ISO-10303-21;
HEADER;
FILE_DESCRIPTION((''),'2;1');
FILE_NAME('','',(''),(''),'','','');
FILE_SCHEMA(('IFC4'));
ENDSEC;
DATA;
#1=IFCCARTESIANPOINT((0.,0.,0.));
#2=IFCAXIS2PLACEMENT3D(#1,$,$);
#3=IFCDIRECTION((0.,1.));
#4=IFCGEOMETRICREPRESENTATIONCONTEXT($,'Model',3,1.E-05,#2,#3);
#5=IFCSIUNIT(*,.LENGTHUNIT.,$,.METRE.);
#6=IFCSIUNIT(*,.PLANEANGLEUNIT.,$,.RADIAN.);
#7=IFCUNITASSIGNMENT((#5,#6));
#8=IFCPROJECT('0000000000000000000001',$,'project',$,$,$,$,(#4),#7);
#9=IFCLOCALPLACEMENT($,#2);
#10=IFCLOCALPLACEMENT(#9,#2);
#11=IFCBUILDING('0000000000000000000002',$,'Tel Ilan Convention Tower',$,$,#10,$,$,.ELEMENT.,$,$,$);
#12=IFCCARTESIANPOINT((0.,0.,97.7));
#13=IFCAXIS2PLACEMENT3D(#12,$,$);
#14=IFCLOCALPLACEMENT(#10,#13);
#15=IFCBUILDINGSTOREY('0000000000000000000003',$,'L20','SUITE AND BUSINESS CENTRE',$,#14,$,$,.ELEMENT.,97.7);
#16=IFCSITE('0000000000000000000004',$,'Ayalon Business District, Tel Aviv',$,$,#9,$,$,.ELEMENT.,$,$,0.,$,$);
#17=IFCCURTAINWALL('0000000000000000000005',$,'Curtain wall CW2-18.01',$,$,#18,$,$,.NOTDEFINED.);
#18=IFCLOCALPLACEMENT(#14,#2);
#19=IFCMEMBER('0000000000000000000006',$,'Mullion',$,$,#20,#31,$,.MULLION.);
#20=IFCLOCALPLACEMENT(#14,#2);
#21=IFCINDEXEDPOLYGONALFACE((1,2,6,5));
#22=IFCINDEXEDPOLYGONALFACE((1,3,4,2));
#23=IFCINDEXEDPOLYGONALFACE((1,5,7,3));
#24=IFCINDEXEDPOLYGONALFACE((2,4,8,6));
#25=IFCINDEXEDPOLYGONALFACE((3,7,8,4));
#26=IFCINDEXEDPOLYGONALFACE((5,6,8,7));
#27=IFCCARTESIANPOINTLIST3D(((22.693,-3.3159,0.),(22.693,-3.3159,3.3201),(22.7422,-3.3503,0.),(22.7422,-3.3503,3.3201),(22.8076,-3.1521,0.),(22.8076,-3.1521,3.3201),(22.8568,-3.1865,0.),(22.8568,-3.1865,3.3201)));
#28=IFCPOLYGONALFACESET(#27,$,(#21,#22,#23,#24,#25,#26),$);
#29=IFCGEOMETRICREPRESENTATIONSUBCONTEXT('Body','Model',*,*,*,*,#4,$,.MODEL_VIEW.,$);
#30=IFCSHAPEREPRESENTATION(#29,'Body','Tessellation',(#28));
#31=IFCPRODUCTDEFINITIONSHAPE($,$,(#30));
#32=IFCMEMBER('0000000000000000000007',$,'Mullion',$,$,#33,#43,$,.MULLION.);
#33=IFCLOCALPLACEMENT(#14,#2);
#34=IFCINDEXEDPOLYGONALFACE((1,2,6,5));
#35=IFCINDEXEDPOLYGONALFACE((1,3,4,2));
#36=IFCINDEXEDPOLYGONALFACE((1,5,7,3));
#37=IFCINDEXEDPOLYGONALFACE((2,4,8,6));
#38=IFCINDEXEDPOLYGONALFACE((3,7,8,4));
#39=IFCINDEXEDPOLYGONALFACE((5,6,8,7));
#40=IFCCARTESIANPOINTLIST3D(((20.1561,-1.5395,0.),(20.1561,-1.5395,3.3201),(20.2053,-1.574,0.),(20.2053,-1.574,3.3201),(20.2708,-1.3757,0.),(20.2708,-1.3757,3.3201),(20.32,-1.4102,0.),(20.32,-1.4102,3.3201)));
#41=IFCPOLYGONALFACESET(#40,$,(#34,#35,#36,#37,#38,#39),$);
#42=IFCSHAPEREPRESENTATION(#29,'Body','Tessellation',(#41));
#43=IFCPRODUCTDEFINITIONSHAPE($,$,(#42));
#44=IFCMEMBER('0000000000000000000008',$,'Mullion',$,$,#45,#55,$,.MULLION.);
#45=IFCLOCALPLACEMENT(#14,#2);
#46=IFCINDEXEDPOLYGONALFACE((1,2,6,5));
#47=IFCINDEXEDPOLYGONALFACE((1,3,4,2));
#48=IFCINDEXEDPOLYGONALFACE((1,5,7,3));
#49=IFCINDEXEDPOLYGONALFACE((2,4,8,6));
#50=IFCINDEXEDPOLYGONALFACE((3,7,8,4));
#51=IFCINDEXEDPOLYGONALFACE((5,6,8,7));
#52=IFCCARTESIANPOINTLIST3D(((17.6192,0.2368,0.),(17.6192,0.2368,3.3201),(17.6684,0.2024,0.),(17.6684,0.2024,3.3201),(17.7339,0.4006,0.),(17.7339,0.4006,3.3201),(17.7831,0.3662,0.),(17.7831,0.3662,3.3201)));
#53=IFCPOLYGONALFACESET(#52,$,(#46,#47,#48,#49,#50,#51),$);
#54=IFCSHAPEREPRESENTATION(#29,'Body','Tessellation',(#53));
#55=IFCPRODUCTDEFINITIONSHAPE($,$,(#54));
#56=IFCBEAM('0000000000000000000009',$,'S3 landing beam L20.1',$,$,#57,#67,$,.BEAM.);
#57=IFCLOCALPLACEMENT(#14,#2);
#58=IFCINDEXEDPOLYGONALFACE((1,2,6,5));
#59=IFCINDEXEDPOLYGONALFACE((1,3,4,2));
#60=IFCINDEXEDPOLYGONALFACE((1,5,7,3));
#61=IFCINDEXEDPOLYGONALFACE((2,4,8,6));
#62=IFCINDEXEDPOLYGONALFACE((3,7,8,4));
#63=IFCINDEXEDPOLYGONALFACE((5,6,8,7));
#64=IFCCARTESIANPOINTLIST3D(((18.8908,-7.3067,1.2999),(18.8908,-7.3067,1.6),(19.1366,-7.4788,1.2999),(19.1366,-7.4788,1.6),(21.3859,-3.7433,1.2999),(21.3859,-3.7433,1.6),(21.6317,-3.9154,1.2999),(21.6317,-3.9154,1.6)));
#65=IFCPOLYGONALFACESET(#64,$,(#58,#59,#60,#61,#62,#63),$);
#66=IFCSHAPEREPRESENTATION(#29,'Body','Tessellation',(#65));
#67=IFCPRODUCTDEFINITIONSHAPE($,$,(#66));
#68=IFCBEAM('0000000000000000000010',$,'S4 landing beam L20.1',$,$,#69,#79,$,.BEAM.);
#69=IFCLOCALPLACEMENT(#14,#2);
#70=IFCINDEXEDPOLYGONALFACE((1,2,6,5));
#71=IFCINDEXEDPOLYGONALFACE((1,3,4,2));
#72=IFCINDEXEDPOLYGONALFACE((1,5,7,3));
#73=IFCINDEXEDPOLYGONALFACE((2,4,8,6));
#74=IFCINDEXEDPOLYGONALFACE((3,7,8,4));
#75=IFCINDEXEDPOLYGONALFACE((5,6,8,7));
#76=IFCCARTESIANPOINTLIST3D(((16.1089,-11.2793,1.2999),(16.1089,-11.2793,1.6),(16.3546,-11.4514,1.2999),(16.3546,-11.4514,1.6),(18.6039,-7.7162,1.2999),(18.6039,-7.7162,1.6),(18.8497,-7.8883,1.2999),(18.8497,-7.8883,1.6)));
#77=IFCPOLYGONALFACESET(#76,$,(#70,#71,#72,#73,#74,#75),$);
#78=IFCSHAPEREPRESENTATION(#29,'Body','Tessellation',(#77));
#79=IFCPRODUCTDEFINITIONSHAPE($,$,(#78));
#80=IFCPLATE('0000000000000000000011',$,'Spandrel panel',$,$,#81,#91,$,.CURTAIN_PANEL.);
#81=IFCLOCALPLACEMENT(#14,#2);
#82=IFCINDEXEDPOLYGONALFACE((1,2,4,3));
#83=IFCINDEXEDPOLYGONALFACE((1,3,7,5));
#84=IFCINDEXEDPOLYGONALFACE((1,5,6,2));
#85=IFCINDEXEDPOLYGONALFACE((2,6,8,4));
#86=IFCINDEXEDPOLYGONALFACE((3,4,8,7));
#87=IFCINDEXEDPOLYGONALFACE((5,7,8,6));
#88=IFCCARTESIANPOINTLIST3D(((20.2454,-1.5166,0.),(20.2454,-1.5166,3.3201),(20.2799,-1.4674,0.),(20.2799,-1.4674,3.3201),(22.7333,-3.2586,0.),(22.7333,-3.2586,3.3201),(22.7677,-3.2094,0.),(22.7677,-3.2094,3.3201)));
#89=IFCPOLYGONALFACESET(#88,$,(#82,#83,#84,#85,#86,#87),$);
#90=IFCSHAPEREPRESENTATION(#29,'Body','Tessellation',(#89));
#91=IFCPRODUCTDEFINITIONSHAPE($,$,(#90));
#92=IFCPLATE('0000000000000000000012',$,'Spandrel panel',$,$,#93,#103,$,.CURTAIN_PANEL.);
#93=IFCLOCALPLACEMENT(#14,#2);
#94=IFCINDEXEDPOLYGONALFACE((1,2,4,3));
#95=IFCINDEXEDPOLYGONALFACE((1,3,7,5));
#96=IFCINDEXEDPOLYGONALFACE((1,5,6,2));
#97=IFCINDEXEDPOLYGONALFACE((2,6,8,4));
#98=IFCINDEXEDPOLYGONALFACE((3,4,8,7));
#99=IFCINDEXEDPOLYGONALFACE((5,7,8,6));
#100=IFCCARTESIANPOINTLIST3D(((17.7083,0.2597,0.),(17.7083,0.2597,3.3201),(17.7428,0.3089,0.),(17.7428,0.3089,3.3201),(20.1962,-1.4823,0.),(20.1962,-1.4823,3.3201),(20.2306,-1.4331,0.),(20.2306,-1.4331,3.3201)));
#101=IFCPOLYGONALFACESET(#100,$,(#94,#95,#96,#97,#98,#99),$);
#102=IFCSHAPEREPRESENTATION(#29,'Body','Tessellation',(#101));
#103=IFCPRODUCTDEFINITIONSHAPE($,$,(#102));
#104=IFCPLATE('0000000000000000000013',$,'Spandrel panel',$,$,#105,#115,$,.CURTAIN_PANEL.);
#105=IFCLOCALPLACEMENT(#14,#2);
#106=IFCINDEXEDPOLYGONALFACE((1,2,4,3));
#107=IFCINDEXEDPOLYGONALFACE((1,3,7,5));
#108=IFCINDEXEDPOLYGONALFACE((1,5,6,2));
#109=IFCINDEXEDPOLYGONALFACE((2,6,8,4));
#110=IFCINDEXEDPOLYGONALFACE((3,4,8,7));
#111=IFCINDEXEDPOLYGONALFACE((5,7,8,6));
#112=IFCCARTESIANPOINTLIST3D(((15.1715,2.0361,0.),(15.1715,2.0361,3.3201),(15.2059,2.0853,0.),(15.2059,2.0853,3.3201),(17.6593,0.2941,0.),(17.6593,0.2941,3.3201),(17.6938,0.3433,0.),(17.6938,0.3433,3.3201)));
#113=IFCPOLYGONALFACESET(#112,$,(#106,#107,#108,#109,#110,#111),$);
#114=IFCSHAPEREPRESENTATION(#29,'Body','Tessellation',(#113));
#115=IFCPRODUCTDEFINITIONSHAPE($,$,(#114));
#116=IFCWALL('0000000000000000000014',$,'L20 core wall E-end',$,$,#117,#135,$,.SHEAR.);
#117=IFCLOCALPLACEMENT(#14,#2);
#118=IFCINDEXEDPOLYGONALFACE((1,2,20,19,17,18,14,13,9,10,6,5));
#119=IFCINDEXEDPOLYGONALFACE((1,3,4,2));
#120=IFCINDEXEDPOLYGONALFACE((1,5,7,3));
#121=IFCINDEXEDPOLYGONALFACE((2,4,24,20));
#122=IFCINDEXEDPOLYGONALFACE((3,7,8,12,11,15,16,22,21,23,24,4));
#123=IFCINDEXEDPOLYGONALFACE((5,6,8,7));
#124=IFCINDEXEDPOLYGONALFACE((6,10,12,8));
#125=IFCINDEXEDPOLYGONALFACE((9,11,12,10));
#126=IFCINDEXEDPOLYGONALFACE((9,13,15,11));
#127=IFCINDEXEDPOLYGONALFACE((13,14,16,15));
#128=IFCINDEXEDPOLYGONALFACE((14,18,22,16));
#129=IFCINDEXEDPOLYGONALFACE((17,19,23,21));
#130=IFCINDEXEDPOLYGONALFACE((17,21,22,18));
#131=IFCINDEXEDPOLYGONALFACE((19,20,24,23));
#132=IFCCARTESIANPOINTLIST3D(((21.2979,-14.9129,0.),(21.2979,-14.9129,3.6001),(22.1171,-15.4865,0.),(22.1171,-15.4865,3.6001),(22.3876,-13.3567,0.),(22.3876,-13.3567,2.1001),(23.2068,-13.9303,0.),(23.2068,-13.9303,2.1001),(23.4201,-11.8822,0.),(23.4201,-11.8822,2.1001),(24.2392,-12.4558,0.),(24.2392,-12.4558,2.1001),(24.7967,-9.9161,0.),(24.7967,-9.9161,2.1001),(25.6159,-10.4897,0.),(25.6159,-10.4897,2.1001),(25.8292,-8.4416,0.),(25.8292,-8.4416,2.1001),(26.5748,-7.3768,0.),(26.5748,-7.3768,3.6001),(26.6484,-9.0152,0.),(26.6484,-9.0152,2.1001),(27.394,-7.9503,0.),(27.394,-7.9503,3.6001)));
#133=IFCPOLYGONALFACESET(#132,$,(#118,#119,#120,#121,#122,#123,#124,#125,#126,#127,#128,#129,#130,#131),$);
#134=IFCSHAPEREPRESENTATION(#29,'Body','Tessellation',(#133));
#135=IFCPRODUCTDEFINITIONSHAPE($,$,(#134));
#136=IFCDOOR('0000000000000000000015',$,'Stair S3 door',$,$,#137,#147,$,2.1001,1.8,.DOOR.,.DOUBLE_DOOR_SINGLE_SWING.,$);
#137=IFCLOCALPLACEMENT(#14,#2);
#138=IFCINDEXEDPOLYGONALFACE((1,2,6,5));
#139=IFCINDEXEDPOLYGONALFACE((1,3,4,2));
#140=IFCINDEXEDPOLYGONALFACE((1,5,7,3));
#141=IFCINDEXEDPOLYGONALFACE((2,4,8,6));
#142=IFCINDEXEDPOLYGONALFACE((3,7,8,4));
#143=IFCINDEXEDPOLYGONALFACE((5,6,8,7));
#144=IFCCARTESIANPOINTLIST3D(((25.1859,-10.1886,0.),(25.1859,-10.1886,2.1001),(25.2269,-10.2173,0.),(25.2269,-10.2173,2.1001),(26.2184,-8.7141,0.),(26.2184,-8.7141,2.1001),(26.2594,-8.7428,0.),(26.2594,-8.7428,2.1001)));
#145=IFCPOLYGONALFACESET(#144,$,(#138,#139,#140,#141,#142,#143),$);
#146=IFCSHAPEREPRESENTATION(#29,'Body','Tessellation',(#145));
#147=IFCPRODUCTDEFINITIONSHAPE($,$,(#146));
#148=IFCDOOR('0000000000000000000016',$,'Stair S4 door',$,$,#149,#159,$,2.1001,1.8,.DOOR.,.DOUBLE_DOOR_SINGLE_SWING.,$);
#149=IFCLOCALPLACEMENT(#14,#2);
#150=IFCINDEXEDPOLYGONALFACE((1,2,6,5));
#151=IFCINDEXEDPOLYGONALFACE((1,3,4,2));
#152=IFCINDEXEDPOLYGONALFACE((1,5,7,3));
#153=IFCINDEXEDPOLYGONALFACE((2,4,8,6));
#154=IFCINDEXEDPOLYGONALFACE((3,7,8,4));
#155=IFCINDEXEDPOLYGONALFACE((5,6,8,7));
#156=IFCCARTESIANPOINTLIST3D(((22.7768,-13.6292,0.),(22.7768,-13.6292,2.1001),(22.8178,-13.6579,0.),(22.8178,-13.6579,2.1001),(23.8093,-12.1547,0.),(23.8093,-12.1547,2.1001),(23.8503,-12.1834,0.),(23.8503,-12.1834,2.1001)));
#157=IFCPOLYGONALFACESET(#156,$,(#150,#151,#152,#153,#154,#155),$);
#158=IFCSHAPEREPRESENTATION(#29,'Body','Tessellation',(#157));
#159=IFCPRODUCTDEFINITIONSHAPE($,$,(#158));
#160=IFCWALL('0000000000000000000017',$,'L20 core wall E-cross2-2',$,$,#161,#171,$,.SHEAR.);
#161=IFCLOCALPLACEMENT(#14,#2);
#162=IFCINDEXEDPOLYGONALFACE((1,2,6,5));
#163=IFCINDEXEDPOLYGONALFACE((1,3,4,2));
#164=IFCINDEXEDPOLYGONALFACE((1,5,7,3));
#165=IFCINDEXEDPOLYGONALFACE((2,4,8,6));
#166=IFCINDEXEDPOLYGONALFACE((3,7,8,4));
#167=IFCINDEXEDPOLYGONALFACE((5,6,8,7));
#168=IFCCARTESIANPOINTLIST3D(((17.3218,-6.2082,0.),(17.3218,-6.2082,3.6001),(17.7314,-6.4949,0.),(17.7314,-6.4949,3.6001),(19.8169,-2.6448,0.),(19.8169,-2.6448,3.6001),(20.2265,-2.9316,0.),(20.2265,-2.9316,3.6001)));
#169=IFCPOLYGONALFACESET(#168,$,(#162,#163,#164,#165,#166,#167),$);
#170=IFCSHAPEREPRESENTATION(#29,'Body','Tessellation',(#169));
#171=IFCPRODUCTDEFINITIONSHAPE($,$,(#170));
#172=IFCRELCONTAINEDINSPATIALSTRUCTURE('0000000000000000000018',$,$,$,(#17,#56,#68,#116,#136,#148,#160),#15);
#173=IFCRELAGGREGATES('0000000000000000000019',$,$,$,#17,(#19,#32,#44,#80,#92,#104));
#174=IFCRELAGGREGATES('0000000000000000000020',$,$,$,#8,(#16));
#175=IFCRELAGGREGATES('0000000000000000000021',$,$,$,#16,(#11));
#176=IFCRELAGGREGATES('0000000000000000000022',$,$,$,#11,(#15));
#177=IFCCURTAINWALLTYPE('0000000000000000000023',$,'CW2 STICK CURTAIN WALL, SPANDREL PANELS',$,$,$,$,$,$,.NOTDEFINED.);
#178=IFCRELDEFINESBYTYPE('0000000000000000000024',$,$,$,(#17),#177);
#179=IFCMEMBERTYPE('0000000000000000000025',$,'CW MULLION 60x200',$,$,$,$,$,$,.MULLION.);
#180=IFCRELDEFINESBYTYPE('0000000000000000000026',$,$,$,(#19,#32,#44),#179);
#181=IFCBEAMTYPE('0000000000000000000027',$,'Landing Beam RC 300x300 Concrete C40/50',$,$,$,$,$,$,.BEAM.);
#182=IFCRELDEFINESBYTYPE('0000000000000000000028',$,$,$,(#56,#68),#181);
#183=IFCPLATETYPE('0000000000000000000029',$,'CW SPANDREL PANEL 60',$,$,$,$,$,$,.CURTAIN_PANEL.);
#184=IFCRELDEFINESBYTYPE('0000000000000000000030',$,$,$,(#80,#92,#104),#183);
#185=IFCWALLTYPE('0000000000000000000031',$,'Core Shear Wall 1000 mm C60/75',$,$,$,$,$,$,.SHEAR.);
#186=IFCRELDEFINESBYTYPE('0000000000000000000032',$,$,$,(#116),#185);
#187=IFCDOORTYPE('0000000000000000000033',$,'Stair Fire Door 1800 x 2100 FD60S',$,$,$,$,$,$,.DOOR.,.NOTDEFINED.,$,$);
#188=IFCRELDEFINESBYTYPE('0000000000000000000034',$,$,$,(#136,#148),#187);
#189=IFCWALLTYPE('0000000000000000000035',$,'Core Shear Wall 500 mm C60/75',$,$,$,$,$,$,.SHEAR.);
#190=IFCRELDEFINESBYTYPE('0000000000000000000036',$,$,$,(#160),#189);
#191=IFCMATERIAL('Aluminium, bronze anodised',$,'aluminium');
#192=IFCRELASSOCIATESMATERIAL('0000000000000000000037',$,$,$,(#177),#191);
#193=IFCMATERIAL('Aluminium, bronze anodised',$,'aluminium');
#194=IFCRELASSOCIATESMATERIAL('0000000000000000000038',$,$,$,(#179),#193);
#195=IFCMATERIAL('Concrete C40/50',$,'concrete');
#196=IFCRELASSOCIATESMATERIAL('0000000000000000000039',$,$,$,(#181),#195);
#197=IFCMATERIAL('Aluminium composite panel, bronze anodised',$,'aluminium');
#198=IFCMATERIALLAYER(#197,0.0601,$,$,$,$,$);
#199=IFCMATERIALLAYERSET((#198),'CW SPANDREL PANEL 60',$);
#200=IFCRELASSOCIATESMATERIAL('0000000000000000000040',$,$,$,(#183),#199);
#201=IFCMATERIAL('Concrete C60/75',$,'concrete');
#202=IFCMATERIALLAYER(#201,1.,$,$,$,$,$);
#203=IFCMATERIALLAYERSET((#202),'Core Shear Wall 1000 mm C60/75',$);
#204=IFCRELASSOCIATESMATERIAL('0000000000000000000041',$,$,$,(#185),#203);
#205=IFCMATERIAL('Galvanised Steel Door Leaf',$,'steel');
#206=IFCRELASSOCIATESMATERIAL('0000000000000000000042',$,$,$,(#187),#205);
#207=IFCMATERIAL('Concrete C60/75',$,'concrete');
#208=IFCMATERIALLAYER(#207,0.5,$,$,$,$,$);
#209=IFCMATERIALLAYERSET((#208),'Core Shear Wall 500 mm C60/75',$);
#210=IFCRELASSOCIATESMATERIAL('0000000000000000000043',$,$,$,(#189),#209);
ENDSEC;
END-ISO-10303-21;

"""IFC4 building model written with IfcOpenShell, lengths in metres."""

from ifc_helpers import new_model, si_unit, direction, frame, frame_2d, origin, origin_2d, place, context, subcontext, project, spatial, polyline, rectangle, outline, extrude, material, layer, layer_set, material_profile, profile_set, type_object, element, fill, aggregate, save


model = new_model("IFC4")

# Units and contexts
model_context = context("Model", 3, precision=1e-05, world=origin(), true_north=direction((0.0, 1.0)))
body_context = subcontext(model_context, "Body", "Model", "MODEL_VIEW")
ifc_project = project(units=[si_unit("LENGTHUNIT", "METRE"), si_unit("PLANEANGLEUNIT", "RADIAN")], contexts=[model_context])

# Site, building, storey
site_placement = place(None, origin())
site = spatial("IfcSite", under=ifc_project, at=site_placement, Name="Ayalon Business District, Tel Aviv", CompositionType="ELEMENT", RefElevation=0.0)
building_placement = place(site_placement, origin())
building = spatial("IfcBuilding", under=site, at=building_placement, Name="Tel Ilan Convention Tower", CompositionType="ELEMENT")
storey_placement = place(building_placement, frame((0.0, 0.0, 97.7)))
storey = spatial("IfcBuildingStorey", under=building, at=storey_placement, Name="L20", Description="SUITE AND BUSINESS CENTRE", CompositionType="ELEMENT", Elevation=97.7)

# Curtain wall, members
ifc_material_1 = material(Name="Aluminium, bronze anodised", Category="aluminium")
curtain_wall_type = type_object("IfcCurtainWallType", Name="CW2 STICK CURTAIN WALL, SPANDREL PANELS", PredefinedType="NOTDEFINED", material=ifc_material_1)
curtain_wall_placement = place(storey_placement, origin())
curtain_wall = element("IfcCurtainWall", 1, at=curtain_wall_placement, inside=storey, type_object=curtain_wall_type, Name="Curtain wall CW2-18.01", PredefinedType="NOTDEFINED")
ifc_material_2 = material(Name="Aluminium, bronze anodised", Category="aluminium")
ifc_material_profile_1 = material_profile(ifc_material_2, rectangle(XDim=0.0601, YDim=0.2, at=origin_2d()), Name="CW MULLION 60x200")
ifc_profile_set_1 = profile_set([ifc_material_profile_1], Name="Aluminium, bronze anodised")
member_type = type_object("IfcMemberType", Name="CW MULLION 60x200", PredefinedType="MULLION", material=ifc_profile_set_1)
member_1_placement = place(storey_placement, frame((22.7749, -3.2512, 0.0), z_axis=(0.0, 0.0, 1.0), x_axis=(-0.819152, 0.573576, 0.0)))
member_1 = element("IfcMember", 2, at=member_1_placement, type_object=member_type, Name="Mullion", PredefinedType="MULLION", context=body_context, shape_type="SweptSolid", body=[
    extrude(rectangle(XDim=0.0601, YDim=0.2, at=origin_2d()), origin(), (0.0, 0.0, 1.0), 3.3201),
])
member_2_placement = place(storey_placement, frame((20.238, -1.4749, 0.0), z_axis=(0.0, 0.0, 1.0), x_axis=(-0.819152, 0.573576, 0.0)))
member_2 = element("IfcMember", 3, at=member_2_placement, type_object=member_type, Name="Mullion", PredefinedType="MULLION", context=body_context, shape_type="SweptSolid", body=[
    extrude(rectangle(XDim=0.0601, YDim=0.2, at=origin_2d()), origin(), (0.0, 0.0, 1.0), 3.3201),
])
member_3_placement = place(storey_placement, frame((17.7012, 0.3015, 0.0), z_axis=(0.0, 0.0, 1.0), x_axis=(-0.819152, 0.573576, 0.0)))
member_3 = element("IfcMember", 4, at=member_3_placement, type_object=member_type, Name="Mullion", PredefinedType="MULLION", context=body_context, shape_type="SweptSolid", body=[
    extrude(rectangle(XDim=0.0601, YDim=0.2, at=origin_2d()), origin(), (0.0, 0.0, 1.0), 3.3201),
])

# Beams
ifc_material_3 = material(Name="Concrete C40/50", Category="concrete")
ifc_material_profile_2 = material_profile(ifc_material_3, rectangle(XDim=0.3, YDim=0.3, at=origin_2d()), Name="RC 300x300")
ifc_profile_set_2 = profile_set([ifc_material_profile_2], Name="Concrete C40/50")
beam_type = type_object("IfcBeamType", Name="Landing Beam RC 300x300 Concrete C40/50", PredefinedType="BEAM", material=ifc_profile_set_2)
beam_1_placement = place(storey_placement, frame((21.5088, -3.8293, 1.45), z_axis=(-0.573568, -0.819158, 0.0), x_axis=(0.819158, -0.573568, 0.0)))
element("IfcBeam", 5, at=beam_1_placement, inside=storey, type_object=beam_type, Name="S3 landing beam L20.1", PredefinedType="BEAM", context=body_context, shape_type="SweptSolid", body=[
    extrude(rectangle(XDim=0.3, YDim=0.3, at=origin_2d()), origin(), (0.0, 0.0, 1.0), 4.3501),
])
beam_2_placement = place(storey_placement, frame((18.7268, -7.8022, 1.45), z_axis=(-0.573594, -0.81914, 0.0), x_axis=(0.81914, -0.573594, 0.0)))
element("IfcBeam", 6, at=beam_2_placement, inside=storey, type_object=beam_type, Name="S4 landing beam L20.1", PredefinedType="BEAM", context=body_context, shape_type="SweptSolid", body=[
    extrude(rectangle(XDim=0.3, YDim=0.3, at=origin_2d()), origin(), (0.0, 0.0, 1.0), 4.3499),
])

# Plates
ifc_material_4 = material(Name="Aluminium composite panel, bronze anodised", Category="aluminium")
ifc_layer_1 = layer(ifc_material_4, 0.0601)
ifc_layer_set_1 = layer_set([ifc_layer_1], Name="CW SPANDREL PANEL 60")
plate_type = type_object("IfcPlateType", Name="CW SPANDREL PANEL 60", PredefinedType="CURTAIN_PANEL", material=ifc_layer_set_1)
plate_1_placement = place(storey_placement, frame((21.5066, -2.363, 0.0), z_axis=(0.0, 0.0, 1.0), x_axis=(-0.819152, 0.573576, 0.0)))
plate_1 = element("IfcPlate", 7, at=plate_1_placement, type_object=plate_type, Name="Spandrel panel", PredefinedType="CURTAIN_PANEL", context=body_context, shape_type="SweptSolid", body=[
    extrude(rectangle(XDim=3.0371, YDim=0.0601, at=origin_2d()), origin(), (0.0, 0.0, 1.0), 3.3201),
])
plate_2_placement = place(storey_placement, frame((18.9695, -0.5867, 0.0), z_axis=(0.0, 0.0, 1.0), x_axis=(-0.819152, 0.573576, 0.0)))
plate_2 = element("IfcPlate", 8, at=plate_2_placement, type_object=plate_type, Name="Spandrel panel", PredefinedType="CURTAIN_PANEL", context=body_context, shape_type="SweptSolid", body=[
    extrude(rectangle(XDim=3.0371, YDim=0.0601, at=origin_2d()), origin(), (0.0, 0.0, 1.0), 3.3201),
])
plate_3_placement = place(storey_placement, frame((16.4326, 1.1897, 0.0), z_axis=(0.0, 0.0, 1.0), x_axis=(-0.819152, 0.573576, 0.0)))
plate_3 = element("IfcPlate", 9, at=plate_3_placement, type_object=plate_type, Name="Spandrel panel", PredefinedType="CURTAIN_PANEL", context=body_context, shape_type="SweptSolid", body=[
    extrude(rectangle(XDim=3.0371, YDim=0.0601, at=origin_2d()), origin(), (0.0, 0.0, 1.0), 3.3201),
])
aggregate(curtain_wall, [member_1, member_2, member_3, plate_1, plate_2, plate_3])

# Wall, openings, doors
ifc_material_5 = material(Name="Concrete C60/75", Category="concrete")
ifc_layer_2 = layer(ifc_material_5, 1.0)
ifc_layer_set_2 = layer_set([ifc_layer_2], Name="Core Shear Wall 1000 mm C60/75")
wall_type_1 = type_object("IfcWallType", Name="Core Shear Wall 1000 mm C60/75", PredefinedType="SHEAR", material=ifc_layer_set_2)
wall_1_placement = place(storey_placement, frame((21.7075, -15.1997, 0.0), z_axis=(0.0, 0.0, 1.0), x_axis=(0.573576, 0.819152, 0.0)))
wall_1 = element("IfcWall", 10, at=wall_1_placement, inside=storey, type_object=wall_type_1, Name="L20 core wall E-end", PredefinedType="SHEAR", context=body_context, shape_type="SweptSolid", body=[
    extrude(outline(polyline([(9.2, 0.5), (0.0, 0.5), (0.0, -0.5), (9.2, -0.5), (9.2, 0.5)])), origin(), (0.0, 0.0, 1.0), 3.6001),
])
opening_1_placement = place(wall_1_placement, frame((6.1001, 0.0, 0.0)))
opening_1 = element("IfcOpeningElement", 11, at=opening_1_placement, cuts=wall_1, PredefinedType="OPENING", context=body_context, shape_type="SweptSolid", body=[
    extrude(rectangle(XDim=1.8, YDim=2.1001, at=frame_2d((0.8999, 1.05))), frame((0.0, 0.51, 0.0), z_axis=(0.0, -1.0, 0.0), x_axis=(1.0, 0.0, 0.0)), (0.0, 0.0, 1.0), 1.02),
])
opening_2_placement = place(wall_1_placement, frame((1.8999, 0.0, 0.0)))
opening_2 = element("IfcOpeningElement", 12, at=opening_2_placement, cuts=wall_1, PredefinedType="OPENING", context=body_context, shape_type="SweptSolid", body=[
    extrude(rectangle(XDim=1.8, YDim=2.1001, at=frame_2d((0.8999, 1.05))), frame((0.0, 0.51, 0.0), z_axis=(0.0, -1.0, 0.0), x_axis=(1.0, 0.0, 0.0)), (0.0, 0.0, 1.0), 1.02),
])
ifc_material_6 = material(Name="Galvanised Steel Door Leaf", Category="steel")
door_type_1 = type_object("IfcDoorType", Name="Stair Fire Door 1800 x 2100 FD60S", OperationType="NOTDEFINED", PredefinedType="DOOR", material=ifc_material_6)
door_1_placement = place(opening_1_placement, origin())
door_1 = element("IfcDoor", 13, at=door_1_placement, inside=storey, type_object=door_type_1, Name="Stair S3 door", OperationType="DOUBLE_DOOR_SINGLE_SWING", OverallHeight=2.1001, OverallWidth=1.8, PredefinedType="DOOR", context=body_context, shape_type="SweptSolid", body=[
    extrude(rectangle(XDim=1.8, YDim=2.1001, at=frame_2d((0.8999, 1.05))), frame((0.0, 0.0249, 0.0), z_axis=(0.0, -1.0, 0.0), x_axis=(1.0, 0.0, 0.0)), (0.0, 0.0, 1.0), 0.05),
])
fill(opening_1, door_1)
door_2_placement = place(opening_2_placement, origin())
door_2 = element("IfcDoor", 14, at=door_2_placement, inside=storey, type_object=door_type_1, Name="Stair S4 door", OperationType="DOUBLE_DOOR_SINGLE_SWING", OverallHeight=2.1001, OverallWidth=1.8, PredefinedType="DOOR", context=body_context, shape_type="SweptSolid", body=[
    extrude(rectangle(XDim=1.8, YDim=2.1001, at=frame_2d((0.8999, 1.05))), frame((0.0, 0.0249, 0.0), z_axis=(0.0, -1.0, 0.0), x_axis=(1.0, 0.0, 0.0)), (0.0, 0.0, 1.0), 0.05),
])
fill(opening_2, door_2)

# Wall
ifc_material_7 = material(Name="Concrete C60/75", Category="concrete")
ifc_layer_3 = layer(ifc_material_7, 0.5)
ifc_layer_set_3 = layer_set([ifc_layer_3], Name="Core Shear Wall 500 mm C60/75")
wall_type_2 = type_object("IfcWallType", Name="Core Shear Wall 500 mm C60/75", PredefinedType="SHEAR", material=ifc_layer_set_3)
wall_2_placement = place(storey_placement, frame((17.5266, -6.3516, 0.0), z_axis=(0.0, 0.0, 1.0), x_axis=(0.57353, 0.819184, 0.0)))
element("IfcWall", 15, at=wall_2_placement, inside=storey, type_object=wall_type_2, Name="L20 core wall E-cross2-2", PredefinedType="SHEAR", context=body_context, shape_type="SweptSolid", body=[
    extrude(outline(polyline([(4.3501, -0.2502), (4.3501, 0.2498), (0.0, 0.25), (0.0, -0.25), (4.3501, -0.2502)])), origin(), (0.0, 0.0, 1.0), 3.6001),
])

save(model, "model.ifc")
